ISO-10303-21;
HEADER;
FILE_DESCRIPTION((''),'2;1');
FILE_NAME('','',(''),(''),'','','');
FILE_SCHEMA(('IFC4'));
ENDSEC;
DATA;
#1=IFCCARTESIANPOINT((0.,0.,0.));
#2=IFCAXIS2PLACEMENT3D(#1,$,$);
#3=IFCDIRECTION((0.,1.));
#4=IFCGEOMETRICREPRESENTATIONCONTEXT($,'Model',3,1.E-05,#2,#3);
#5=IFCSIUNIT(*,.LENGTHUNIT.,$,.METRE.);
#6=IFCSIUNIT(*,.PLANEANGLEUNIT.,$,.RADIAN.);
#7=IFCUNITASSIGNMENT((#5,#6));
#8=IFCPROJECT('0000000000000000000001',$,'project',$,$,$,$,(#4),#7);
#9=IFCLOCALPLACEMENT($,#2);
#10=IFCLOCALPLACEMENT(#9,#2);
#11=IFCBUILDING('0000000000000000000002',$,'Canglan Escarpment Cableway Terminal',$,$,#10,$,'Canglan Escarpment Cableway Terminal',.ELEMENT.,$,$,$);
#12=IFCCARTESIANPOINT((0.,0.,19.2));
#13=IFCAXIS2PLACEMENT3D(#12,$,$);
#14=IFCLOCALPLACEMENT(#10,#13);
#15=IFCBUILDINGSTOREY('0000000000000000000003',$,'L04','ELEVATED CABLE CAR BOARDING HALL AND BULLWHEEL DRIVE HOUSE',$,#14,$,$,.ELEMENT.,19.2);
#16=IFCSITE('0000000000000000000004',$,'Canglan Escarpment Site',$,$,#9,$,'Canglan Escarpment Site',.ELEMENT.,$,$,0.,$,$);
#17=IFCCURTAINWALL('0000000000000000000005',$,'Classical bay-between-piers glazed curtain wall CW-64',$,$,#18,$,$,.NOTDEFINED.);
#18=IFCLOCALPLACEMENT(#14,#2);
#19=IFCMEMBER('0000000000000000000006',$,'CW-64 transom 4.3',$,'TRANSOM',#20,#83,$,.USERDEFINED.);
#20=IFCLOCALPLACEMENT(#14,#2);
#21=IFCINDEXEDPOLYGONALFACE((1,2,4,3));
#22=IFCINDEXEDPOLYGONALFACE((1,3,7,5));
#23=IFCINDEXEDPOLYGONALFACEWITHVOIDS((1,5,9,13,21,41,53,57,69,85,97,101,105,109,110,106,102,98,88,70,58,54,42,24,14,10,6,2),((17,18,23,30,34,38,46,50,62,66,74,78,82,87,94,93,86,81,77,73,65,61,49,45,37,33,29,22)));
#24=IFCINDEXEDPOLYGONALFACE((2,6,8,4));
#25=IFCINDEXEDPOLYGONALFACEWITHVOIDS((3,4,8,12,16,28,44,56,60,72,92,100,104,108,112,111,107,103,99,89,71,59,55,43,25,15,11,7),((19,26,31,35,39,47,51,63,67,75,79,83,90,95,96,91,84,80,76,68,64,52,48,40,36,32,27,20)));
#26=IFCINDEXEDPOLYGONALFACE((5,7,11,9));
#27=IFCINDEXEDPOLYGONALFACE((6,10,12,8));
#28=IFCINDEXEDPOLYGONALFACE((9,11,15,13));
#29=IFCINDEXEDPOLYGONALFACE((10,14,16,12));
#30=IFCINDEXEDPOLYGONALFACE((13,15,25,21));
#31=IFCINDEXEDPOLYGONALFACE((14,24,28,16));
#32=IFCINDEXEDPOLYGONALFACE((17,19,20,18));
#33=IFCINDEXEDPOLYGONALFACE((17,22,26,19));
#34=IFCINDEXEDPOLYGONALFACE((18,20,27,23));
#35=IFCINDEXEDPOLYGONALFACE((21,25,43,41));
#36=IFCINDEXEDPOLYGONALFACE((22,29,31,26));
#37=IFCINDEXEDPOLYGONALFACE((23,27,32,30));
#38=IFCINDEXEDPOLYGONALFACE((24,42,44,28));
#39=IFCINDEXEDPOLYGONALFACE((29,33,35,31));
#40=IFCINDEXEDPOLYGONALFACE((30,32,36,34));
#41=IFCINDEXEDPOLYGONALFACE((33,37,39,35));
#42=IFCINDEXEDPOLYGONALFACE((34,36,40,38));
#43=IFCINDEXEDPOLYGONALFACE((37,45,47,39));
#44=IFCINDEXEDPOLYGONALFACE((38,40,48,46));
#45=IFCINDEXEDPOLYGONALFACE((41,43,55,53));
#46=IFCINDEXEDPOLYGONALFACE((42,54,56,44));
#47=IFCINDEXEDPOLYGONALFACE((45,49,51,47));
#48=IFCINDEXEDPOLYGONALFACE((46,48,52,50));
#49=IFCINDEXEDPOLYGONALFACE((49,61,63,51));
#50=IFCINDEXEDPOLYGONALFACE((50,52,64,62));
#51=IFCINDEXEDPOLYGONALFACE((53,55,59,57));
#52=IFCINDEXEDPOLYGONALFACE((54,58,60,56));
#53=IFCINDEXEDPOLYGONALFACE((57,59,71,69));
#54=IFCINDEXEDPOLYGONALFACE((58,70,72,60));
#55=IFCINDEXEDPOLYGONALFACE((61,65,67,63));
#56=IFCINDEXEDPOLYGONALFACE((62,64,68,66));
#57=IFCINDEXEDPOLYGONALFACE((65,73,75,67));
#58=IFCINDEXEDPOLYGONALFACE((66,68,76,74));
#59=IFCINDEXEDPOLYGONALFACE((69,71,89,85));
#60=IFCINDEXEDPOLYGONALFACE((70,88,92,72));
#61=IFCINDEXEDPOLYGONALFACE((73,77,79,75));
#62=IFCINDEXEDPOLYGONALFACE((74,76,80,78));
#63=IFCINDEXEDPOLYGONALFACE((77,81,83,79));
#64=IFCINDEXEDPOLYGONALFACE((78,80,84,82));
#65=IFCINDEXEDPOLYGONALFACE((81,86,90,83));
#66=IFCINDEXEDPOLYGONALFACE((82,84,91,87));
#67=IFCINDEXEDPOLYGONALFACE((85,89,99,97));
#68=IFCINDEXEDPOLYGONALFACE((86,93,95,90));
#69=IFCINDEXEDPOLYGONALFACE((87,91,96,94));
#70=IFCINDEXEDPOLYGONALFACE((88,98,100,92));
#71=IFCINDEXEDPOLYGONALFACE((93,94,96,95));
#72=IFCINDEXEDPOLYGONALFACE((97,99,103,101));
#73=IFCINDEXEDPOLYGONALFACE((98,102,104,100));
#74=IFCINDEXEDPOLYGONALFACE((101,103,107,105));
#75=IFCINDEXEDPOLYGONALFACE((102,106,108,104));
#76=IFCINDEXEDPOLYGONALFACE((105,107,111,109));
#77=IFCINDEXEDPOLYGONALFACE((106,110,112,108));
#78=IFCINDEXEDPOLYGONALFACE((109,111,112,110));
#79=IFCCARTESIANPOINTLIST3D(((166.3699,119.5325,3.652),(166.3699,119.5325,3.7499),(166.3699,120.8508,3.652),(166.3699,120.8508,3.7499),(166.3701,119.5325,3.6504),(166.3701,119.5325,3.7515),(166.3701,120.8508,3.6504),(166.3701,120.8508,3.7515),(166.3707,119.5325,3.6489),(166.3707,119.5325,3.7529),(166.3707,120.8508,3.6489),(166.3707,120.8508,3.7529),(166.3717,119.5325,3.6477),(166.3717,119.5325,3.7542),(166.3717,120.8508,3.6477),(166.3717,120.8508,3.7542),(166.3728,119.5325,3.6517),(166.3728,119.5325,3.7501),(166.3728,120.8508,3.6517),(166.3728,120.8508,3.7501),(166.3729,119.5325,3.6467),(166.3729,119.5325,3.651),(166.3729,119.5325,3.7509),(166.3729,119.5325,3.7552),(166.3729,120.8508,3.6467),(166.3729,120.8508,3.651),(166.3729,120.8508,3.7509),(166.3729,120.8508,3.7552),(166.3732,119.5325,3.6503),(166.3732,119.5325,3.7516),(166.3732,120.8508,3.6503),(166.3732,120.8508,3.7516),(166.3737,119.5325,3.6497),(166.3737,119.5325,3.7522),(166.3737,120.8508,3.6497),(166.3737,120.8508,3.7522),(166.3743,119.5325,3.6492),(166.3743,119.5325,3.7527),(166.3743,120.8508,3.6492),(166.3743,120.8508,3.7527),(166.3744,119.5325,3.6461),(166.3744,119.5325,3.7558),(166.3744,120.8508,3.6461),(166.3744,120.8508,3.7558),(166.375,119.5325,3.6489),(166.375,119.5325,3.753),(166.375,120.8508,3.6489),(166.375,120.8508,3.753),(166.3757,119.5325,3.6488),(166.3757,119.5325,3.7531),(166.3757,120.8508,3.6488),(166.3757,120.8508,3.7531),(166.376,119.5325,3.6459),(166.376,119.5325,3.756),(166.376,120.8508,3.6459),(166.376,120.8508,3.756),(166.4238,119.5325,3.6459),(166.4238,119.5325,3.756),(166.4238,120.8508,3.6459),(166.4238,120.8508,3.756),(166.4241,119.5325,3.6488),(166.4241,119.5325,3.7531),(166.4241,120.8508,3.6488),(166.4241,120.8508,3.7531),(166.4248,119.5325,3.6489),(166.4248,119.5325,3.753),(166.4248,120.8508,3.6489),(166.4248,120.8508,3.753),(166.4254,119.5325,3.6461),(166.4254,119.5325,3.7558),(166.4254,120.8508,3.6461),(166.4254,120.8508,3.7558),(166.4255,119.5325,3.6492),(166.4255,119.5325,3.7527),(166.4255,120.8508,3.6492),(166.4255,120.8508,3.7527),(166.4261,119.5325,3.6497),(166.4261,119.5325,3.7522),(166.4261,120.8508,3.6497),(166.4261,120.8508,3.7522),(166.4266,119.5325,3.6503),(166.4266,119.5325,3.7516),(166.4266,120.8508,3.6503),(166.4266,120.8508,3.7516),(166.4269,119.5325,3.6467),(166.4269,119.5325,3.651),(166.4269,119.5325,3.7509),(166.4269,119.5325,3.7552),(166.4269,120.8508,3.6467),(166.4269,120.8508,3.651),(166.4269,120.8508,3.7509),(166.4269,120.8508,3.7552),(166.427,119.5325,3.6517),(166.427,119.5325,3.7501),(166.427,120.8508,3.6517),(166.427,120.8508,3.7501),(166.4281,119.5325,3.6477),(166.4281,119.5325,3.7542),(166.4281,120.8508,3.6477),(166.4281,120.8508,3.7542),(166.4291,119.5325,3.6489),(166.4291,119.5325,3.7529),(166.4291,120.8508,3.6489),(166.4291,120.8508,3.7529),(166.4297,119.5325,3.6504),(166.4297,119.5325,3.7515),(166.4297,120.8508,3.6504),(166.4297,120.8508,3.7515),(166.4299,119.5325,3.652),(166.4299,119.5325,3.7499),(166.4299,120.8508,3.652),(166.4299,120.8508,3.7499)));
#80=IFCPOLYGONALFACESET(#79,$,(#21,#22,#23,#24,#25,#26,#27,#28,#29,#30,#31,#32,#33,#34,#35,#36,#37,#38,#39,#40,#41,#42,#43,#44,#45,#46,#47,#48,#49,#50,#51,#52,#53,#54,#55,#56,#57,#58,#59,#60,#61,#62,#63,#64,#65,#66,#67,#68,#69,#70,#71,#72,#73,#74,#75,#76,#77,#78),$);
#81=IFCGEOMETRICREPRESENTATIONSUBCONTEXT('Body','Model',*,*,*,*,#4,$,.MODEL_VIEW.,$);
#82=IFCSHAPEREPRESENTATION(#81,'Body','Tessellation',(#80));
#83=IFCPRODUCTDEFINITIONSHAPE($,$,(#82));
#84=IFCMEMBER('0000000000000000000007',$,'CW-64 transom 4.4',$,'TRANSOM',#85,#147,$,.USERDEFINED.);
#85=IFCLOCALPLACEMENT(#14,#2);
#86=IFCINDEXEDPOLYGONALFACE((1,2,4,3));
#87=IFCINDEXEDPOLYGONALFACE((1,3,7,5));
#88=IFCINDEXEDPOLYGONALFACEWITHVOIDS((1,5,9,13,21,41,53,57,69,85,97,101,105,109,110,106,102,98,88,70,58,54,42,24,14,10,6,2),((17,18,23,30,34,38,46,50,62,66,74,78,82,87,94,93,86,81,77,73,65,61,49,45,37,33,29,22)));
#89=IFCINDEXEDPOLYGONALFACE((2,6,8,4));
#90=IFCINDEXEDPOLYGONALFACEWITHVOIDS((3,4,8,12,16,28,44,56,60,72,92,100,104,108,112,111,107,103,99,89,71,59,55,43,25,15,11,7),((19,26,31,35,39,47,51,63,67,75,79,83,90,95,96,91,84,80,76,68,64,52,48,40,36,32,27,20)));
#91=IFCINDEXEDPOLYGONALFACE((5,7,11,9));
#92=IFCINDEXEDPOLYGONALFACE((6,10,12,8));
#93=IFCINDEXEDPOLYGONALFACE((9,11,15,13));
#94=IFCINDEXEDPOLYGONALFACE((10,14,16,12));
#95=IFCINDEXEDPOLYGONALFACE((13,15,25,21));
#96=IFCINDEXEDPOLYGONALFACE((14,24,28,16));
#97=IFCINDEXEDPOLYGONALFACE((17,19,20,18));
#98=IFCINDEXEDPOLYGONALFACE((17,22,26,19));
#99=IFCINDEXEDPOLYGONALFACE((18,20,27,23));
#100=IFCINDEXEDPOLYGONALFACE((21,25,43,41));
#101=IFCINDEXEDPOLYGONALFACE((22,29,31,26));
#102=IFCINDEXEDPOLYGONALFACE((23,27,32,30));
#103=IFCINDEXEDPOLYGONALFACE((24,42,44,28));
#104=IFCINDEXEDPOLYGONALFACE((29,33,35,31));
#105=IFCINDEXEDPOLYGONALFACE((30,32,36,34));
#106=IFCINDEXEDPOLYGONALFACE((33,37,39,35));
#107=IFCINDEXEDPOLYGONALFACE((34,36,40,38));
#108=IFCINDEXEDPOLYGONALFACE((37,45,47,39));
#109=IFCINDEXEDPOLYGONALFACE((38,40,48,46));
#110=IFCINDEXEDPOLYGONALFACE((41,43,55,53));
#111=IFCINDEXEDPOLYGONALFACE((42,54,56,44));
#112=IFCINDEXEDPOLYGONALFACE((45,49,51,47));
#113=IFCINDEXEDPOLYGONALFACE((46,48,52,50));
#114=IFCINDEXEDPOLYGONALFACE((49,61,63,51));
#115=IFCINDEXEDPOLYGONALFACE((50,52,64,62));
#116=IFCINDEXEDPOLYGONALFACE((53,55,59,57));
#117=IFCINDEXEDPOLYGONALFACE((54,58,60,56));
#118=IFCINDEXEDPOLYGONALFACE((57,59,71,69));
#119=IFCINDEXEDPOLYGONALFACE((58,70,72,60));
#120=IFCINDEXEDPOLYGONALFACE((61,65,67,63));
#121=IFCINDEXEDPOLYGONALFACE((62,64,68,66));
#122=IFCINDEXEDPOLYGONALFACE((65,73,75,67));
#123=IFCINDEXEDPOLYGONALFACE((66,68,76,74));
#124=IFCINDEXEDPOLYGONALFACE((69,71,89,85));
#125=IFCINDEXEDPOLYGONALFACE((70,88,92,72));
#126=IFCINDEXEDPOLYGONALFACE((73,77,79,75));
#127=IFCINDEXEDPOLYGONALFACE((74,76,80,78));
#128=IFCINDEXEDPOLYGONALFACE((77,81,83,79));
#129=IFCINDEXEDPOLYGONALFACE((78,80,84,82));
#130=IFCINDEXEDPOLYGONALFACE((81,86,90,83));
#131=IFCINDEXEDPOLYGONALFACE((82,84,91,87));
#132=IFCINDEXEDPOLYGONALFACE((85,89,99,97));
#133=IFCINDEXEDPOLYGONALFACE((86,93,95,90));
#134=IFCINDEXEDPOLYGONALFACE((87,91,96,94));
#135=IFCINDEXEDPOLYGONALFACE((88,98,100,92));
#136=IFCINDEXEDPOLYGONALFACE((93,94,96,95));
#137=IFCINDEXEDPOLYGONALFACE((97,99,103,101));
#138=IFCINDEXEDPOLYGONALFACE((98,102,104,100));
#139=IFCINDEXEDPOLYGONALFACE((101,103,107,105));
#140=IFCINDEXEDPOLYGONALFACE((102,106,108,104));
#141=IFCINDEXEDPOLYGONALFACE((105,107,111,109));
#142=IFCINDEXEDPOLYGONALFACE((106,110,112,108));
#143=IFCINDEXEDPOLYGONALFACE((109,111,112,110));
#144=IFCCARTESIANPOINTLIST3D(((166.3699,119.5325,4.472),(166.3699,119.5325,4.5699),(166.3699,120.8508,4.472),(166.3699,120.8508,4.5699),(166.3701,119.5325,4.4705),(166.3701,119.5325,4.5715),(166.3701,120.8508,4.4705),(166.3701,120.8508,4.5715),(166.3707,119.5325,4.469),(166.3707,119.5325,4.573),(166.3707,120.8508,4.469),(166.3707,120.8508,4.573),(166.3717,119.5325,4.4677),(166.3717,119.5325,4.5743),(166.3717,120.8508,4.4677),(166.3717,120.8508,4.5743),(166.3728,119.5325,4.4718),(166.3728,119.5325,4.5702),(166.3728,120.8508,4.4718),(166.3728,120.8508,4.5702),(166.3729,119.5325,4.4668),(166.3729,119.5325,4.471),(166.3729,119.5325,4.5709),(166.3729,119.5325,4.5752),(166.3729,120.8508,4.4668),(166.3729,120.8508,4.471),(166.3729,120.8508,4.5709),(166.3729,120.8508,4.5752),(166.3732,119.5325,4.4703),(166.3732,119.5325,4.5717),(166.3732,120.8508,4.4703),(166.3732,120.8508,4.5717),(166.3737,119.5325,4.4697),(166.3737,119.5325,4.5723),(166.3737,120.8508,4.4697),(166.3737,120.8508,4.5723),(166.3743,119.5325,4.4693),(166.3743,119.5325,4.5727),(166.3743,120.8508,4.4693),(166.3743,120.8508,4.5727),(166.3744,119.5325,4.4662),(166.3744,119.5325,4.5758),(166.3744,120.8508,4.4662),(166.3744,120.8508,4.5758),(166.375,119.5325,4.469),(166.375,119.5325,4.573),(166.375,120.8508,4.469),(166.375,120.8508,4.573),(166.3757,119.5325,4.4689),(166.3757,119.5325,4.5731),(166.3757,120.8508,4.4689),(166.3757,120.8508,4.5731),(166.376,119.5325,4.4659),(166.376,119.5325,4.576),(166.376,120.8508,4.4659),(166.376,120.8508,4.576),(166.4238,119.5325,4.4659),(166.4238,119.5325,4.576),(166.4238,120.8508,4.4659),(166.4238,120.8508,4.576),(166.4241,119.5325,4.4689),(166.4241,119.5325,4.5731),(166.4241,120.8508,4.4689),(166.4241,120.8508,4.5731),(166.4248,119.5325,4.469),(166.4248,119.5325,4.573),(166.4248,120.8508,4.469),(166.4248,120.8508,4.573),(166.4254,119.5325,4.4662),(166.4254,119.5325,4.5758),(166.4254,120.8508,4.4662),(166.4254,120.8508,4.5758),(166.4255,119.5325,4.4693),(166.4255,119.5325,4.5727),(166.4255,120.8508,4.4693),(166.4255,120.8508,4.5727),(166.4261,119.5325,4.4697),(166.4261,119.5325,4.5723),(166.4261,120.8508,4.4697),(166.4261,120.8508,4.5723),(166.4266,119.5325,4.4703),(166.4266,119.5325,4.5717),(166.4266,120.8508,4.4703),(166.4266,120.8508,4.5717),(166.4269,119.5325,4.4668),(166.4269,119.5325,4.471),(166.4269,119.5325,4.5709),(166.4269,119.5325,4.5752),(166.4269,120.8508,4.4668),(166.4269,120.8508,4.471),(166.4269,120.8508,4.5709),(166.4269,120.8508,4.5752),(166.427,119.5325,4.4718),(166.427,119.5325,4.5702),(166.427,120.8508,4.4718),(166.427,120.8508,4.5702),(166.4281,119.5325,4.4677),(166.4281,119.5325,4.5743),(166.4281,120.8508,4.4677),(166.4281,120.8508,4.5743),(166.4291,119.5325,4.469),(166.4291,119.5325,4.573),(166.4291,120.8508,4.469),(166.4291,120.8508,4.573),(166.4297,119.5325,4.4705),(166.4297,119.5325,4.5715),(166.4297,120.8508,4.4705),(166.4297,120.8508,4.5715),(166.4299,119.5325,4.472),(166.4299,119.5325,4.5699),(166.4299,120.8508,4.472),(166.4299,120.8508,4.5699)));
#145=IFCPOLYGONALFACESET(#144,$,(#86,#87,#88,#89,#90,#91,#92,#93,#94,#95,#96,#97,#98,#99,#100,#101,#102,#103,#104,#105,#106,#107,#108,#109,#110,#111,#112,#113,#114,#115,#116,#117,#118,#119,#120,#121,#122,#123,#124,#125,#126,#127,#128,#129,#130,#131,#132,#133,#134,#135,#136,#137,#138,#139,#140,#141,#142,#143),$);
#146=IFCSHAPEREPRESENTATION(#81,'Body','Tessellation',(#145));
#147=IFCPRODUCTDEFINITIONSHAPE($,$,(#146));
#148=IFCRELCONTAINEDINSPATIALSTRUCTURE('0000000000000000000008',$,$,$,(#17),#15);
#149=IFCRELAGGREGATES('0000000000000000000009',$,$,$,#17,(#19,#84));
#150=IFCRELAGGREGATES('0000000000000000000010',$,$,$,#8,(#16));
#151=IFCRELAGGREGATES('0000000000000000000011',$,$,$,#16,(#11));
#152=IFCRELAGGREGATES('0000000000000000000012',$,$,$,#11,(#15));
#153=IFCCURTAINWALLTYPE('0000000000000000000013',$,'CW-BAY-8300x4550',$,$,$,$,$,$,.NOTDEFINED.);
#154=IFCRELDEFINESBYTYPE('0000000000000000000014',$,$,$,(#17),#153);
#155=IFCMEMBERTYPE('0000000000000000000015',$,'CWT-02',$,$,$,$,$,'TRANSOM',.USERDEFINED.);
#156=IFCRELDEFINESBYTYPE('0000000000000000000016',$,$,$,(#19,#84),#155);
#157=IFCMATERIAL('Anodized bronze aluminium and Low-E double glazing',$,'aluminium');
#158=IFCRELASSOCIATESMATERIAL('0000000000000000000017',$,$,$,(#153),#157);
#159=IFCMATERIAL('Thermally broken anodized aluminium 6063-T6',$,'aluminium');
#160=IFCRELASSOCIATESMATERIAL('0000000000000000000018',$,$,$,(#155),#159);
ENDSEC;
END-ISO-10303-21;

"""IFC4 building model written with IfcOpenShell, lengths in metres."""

from ifc_helpers import new_model, si_unit, direction, frame, origin, origin_2d, place, context, subcontext, project, spatial, hollow_rectangle, extrude, material, material_profile, profile_set, type_object, element, aggregate, save


model = new_model("IFC4")

# Units and contexts
model_context = context("Model", 3, precision=1e-05, world=origin(), true_north=direction((0.0, 1.0)))
body_context = subcontext(model_context, "Body", "Model", "MODEL_VIEW")
ifc_project = project(units=[si_unit("LENGTHUNIT", "METRE"), si_unit("PLANEANGLEUNIT", "RADIAN")], contexts=[model_context])

# Site, building, storey
site_placement = place(None, origin())
site = spatial("IfcSite", under=ifc_project, at=site_placement, Name="Canglan Escarpment Site", LongName="Canglan Escarpment Site", CompositionType="ELEMENT", RefElevation=0.0)
building_placement = place(site_placement, origin())
building = spatial("IfcBuilding", under=site, at=building_placement, Name="Canglan Escarpment Cableway Terminal", LongName="Canglan Escarpment Cableway Terminal", CompositionType="ELEMENT")
storey_placement = place(building_placement, frame((0.0, 0.0, 19.2)))
storey = spatial("IfcBuildingStorey", under=building, at=storey_placement, Name="L04", Description="ELEVATED CABLE CAR BOARDING HALL AND BULLWHEEL DRIVE HOUSE", CompositionType="ELEMENT", Elevation=19.2)

# Curtain wall, members
ifc_material_1 = material(Name="Anodized bronze aluminium and Low-E double glazing", Category="aluminium")
curtain_wall_type = type_object("IfcCurtainWallType", Name="CW-BAY-8300x4550", PredefinedType="NOTDEFINED", material=ifc_material_1)
curtain_wall_placement = place(storey_placement, origin())
curtain_wall = element("IfcCurtainWall", 1, at=curtain_wall_placement, inside=storey, type_object=curtain_wall_type, Name="Classical bay-between-piers glazed curtain wall CW-64", PredefinedType="NOTDEFINED")
ifc_material_2 = material(Name="Thermally broken anodized aluminium 6063-T6", Category="aluminium")
ifc_material_profile_1 = material_profile(ifc_material_2, hollow_rectangle(XDim=0.0601, YDim=0.1101, WallThickness=0.0029, InnerFilletRadius=0.0029, OuterFilletRadius=0.0061, at=origin_2d()), Name="ALU-TRAN 60x110x3")
ifc_profile_set_1 = profile_set([ifc_material_profile_1], Name="Thermally broken anodized aluminium 6063-T6")
member_type_1 = type_object("IfcMemberType", Name="CWT-02", ElementType="TRANSOM", PredefinedType="USERDEFINED", material=ifc_profile_set_1)
member_1_placement = place(storey_placement, frame((166.3999, 119.5325, 3.7009), z_axis=(0.0, 1.0, 0.0), x_axis=(-1.0, 0.0, 0.0)))
member_1 = element("IfcMember", 2, at=member_1_placement, type_object=member_type_1, Name="CW-64 transom 4.3", ObjectType="TRANSOM", PredefinedType="USERDEFINED", context=body_context, shape_type="SweptSolid", body=[
    extrude(hollow_rectangle(XDim=0.0601, YDim=0.1101, WallThickness=0.0029, InnerFilletRadius=0.0029, OuterFilletRadius=0.0061, at=origin_2d()), origin(), (0.0, 0.0, 1.0), 1.3184),
])
member_2_placement = place(storey_placement, frame((166.3999, 119.5325, 4.521), z_axis=(0.0, 1.0, 0.0), x_axis=(-1.0, 0.0, 0.0)))
member_2 = element("IfcMember", 3, at=member_2_placement, type_object=member_type_1, Name="CW-64 transom 4.4", ObjectType="TRANSOM", PredefinedType="USERDEFINED", context=body_context, shape_type="SweptSolid", body=[
    extrude(hollow_rectangle(XDim=0.0601, YDim=0.1101, WallThickness=0.0029, InnerFilletRadius=0.0029, OuterFilletRadius=0.0061, at=origin_2d()), origin(), (0.0, 0.0, 1.0), 1.3184),
])
aggregate(curtain_wall, [member_1, member_2])

save(model, "model.ifc")
